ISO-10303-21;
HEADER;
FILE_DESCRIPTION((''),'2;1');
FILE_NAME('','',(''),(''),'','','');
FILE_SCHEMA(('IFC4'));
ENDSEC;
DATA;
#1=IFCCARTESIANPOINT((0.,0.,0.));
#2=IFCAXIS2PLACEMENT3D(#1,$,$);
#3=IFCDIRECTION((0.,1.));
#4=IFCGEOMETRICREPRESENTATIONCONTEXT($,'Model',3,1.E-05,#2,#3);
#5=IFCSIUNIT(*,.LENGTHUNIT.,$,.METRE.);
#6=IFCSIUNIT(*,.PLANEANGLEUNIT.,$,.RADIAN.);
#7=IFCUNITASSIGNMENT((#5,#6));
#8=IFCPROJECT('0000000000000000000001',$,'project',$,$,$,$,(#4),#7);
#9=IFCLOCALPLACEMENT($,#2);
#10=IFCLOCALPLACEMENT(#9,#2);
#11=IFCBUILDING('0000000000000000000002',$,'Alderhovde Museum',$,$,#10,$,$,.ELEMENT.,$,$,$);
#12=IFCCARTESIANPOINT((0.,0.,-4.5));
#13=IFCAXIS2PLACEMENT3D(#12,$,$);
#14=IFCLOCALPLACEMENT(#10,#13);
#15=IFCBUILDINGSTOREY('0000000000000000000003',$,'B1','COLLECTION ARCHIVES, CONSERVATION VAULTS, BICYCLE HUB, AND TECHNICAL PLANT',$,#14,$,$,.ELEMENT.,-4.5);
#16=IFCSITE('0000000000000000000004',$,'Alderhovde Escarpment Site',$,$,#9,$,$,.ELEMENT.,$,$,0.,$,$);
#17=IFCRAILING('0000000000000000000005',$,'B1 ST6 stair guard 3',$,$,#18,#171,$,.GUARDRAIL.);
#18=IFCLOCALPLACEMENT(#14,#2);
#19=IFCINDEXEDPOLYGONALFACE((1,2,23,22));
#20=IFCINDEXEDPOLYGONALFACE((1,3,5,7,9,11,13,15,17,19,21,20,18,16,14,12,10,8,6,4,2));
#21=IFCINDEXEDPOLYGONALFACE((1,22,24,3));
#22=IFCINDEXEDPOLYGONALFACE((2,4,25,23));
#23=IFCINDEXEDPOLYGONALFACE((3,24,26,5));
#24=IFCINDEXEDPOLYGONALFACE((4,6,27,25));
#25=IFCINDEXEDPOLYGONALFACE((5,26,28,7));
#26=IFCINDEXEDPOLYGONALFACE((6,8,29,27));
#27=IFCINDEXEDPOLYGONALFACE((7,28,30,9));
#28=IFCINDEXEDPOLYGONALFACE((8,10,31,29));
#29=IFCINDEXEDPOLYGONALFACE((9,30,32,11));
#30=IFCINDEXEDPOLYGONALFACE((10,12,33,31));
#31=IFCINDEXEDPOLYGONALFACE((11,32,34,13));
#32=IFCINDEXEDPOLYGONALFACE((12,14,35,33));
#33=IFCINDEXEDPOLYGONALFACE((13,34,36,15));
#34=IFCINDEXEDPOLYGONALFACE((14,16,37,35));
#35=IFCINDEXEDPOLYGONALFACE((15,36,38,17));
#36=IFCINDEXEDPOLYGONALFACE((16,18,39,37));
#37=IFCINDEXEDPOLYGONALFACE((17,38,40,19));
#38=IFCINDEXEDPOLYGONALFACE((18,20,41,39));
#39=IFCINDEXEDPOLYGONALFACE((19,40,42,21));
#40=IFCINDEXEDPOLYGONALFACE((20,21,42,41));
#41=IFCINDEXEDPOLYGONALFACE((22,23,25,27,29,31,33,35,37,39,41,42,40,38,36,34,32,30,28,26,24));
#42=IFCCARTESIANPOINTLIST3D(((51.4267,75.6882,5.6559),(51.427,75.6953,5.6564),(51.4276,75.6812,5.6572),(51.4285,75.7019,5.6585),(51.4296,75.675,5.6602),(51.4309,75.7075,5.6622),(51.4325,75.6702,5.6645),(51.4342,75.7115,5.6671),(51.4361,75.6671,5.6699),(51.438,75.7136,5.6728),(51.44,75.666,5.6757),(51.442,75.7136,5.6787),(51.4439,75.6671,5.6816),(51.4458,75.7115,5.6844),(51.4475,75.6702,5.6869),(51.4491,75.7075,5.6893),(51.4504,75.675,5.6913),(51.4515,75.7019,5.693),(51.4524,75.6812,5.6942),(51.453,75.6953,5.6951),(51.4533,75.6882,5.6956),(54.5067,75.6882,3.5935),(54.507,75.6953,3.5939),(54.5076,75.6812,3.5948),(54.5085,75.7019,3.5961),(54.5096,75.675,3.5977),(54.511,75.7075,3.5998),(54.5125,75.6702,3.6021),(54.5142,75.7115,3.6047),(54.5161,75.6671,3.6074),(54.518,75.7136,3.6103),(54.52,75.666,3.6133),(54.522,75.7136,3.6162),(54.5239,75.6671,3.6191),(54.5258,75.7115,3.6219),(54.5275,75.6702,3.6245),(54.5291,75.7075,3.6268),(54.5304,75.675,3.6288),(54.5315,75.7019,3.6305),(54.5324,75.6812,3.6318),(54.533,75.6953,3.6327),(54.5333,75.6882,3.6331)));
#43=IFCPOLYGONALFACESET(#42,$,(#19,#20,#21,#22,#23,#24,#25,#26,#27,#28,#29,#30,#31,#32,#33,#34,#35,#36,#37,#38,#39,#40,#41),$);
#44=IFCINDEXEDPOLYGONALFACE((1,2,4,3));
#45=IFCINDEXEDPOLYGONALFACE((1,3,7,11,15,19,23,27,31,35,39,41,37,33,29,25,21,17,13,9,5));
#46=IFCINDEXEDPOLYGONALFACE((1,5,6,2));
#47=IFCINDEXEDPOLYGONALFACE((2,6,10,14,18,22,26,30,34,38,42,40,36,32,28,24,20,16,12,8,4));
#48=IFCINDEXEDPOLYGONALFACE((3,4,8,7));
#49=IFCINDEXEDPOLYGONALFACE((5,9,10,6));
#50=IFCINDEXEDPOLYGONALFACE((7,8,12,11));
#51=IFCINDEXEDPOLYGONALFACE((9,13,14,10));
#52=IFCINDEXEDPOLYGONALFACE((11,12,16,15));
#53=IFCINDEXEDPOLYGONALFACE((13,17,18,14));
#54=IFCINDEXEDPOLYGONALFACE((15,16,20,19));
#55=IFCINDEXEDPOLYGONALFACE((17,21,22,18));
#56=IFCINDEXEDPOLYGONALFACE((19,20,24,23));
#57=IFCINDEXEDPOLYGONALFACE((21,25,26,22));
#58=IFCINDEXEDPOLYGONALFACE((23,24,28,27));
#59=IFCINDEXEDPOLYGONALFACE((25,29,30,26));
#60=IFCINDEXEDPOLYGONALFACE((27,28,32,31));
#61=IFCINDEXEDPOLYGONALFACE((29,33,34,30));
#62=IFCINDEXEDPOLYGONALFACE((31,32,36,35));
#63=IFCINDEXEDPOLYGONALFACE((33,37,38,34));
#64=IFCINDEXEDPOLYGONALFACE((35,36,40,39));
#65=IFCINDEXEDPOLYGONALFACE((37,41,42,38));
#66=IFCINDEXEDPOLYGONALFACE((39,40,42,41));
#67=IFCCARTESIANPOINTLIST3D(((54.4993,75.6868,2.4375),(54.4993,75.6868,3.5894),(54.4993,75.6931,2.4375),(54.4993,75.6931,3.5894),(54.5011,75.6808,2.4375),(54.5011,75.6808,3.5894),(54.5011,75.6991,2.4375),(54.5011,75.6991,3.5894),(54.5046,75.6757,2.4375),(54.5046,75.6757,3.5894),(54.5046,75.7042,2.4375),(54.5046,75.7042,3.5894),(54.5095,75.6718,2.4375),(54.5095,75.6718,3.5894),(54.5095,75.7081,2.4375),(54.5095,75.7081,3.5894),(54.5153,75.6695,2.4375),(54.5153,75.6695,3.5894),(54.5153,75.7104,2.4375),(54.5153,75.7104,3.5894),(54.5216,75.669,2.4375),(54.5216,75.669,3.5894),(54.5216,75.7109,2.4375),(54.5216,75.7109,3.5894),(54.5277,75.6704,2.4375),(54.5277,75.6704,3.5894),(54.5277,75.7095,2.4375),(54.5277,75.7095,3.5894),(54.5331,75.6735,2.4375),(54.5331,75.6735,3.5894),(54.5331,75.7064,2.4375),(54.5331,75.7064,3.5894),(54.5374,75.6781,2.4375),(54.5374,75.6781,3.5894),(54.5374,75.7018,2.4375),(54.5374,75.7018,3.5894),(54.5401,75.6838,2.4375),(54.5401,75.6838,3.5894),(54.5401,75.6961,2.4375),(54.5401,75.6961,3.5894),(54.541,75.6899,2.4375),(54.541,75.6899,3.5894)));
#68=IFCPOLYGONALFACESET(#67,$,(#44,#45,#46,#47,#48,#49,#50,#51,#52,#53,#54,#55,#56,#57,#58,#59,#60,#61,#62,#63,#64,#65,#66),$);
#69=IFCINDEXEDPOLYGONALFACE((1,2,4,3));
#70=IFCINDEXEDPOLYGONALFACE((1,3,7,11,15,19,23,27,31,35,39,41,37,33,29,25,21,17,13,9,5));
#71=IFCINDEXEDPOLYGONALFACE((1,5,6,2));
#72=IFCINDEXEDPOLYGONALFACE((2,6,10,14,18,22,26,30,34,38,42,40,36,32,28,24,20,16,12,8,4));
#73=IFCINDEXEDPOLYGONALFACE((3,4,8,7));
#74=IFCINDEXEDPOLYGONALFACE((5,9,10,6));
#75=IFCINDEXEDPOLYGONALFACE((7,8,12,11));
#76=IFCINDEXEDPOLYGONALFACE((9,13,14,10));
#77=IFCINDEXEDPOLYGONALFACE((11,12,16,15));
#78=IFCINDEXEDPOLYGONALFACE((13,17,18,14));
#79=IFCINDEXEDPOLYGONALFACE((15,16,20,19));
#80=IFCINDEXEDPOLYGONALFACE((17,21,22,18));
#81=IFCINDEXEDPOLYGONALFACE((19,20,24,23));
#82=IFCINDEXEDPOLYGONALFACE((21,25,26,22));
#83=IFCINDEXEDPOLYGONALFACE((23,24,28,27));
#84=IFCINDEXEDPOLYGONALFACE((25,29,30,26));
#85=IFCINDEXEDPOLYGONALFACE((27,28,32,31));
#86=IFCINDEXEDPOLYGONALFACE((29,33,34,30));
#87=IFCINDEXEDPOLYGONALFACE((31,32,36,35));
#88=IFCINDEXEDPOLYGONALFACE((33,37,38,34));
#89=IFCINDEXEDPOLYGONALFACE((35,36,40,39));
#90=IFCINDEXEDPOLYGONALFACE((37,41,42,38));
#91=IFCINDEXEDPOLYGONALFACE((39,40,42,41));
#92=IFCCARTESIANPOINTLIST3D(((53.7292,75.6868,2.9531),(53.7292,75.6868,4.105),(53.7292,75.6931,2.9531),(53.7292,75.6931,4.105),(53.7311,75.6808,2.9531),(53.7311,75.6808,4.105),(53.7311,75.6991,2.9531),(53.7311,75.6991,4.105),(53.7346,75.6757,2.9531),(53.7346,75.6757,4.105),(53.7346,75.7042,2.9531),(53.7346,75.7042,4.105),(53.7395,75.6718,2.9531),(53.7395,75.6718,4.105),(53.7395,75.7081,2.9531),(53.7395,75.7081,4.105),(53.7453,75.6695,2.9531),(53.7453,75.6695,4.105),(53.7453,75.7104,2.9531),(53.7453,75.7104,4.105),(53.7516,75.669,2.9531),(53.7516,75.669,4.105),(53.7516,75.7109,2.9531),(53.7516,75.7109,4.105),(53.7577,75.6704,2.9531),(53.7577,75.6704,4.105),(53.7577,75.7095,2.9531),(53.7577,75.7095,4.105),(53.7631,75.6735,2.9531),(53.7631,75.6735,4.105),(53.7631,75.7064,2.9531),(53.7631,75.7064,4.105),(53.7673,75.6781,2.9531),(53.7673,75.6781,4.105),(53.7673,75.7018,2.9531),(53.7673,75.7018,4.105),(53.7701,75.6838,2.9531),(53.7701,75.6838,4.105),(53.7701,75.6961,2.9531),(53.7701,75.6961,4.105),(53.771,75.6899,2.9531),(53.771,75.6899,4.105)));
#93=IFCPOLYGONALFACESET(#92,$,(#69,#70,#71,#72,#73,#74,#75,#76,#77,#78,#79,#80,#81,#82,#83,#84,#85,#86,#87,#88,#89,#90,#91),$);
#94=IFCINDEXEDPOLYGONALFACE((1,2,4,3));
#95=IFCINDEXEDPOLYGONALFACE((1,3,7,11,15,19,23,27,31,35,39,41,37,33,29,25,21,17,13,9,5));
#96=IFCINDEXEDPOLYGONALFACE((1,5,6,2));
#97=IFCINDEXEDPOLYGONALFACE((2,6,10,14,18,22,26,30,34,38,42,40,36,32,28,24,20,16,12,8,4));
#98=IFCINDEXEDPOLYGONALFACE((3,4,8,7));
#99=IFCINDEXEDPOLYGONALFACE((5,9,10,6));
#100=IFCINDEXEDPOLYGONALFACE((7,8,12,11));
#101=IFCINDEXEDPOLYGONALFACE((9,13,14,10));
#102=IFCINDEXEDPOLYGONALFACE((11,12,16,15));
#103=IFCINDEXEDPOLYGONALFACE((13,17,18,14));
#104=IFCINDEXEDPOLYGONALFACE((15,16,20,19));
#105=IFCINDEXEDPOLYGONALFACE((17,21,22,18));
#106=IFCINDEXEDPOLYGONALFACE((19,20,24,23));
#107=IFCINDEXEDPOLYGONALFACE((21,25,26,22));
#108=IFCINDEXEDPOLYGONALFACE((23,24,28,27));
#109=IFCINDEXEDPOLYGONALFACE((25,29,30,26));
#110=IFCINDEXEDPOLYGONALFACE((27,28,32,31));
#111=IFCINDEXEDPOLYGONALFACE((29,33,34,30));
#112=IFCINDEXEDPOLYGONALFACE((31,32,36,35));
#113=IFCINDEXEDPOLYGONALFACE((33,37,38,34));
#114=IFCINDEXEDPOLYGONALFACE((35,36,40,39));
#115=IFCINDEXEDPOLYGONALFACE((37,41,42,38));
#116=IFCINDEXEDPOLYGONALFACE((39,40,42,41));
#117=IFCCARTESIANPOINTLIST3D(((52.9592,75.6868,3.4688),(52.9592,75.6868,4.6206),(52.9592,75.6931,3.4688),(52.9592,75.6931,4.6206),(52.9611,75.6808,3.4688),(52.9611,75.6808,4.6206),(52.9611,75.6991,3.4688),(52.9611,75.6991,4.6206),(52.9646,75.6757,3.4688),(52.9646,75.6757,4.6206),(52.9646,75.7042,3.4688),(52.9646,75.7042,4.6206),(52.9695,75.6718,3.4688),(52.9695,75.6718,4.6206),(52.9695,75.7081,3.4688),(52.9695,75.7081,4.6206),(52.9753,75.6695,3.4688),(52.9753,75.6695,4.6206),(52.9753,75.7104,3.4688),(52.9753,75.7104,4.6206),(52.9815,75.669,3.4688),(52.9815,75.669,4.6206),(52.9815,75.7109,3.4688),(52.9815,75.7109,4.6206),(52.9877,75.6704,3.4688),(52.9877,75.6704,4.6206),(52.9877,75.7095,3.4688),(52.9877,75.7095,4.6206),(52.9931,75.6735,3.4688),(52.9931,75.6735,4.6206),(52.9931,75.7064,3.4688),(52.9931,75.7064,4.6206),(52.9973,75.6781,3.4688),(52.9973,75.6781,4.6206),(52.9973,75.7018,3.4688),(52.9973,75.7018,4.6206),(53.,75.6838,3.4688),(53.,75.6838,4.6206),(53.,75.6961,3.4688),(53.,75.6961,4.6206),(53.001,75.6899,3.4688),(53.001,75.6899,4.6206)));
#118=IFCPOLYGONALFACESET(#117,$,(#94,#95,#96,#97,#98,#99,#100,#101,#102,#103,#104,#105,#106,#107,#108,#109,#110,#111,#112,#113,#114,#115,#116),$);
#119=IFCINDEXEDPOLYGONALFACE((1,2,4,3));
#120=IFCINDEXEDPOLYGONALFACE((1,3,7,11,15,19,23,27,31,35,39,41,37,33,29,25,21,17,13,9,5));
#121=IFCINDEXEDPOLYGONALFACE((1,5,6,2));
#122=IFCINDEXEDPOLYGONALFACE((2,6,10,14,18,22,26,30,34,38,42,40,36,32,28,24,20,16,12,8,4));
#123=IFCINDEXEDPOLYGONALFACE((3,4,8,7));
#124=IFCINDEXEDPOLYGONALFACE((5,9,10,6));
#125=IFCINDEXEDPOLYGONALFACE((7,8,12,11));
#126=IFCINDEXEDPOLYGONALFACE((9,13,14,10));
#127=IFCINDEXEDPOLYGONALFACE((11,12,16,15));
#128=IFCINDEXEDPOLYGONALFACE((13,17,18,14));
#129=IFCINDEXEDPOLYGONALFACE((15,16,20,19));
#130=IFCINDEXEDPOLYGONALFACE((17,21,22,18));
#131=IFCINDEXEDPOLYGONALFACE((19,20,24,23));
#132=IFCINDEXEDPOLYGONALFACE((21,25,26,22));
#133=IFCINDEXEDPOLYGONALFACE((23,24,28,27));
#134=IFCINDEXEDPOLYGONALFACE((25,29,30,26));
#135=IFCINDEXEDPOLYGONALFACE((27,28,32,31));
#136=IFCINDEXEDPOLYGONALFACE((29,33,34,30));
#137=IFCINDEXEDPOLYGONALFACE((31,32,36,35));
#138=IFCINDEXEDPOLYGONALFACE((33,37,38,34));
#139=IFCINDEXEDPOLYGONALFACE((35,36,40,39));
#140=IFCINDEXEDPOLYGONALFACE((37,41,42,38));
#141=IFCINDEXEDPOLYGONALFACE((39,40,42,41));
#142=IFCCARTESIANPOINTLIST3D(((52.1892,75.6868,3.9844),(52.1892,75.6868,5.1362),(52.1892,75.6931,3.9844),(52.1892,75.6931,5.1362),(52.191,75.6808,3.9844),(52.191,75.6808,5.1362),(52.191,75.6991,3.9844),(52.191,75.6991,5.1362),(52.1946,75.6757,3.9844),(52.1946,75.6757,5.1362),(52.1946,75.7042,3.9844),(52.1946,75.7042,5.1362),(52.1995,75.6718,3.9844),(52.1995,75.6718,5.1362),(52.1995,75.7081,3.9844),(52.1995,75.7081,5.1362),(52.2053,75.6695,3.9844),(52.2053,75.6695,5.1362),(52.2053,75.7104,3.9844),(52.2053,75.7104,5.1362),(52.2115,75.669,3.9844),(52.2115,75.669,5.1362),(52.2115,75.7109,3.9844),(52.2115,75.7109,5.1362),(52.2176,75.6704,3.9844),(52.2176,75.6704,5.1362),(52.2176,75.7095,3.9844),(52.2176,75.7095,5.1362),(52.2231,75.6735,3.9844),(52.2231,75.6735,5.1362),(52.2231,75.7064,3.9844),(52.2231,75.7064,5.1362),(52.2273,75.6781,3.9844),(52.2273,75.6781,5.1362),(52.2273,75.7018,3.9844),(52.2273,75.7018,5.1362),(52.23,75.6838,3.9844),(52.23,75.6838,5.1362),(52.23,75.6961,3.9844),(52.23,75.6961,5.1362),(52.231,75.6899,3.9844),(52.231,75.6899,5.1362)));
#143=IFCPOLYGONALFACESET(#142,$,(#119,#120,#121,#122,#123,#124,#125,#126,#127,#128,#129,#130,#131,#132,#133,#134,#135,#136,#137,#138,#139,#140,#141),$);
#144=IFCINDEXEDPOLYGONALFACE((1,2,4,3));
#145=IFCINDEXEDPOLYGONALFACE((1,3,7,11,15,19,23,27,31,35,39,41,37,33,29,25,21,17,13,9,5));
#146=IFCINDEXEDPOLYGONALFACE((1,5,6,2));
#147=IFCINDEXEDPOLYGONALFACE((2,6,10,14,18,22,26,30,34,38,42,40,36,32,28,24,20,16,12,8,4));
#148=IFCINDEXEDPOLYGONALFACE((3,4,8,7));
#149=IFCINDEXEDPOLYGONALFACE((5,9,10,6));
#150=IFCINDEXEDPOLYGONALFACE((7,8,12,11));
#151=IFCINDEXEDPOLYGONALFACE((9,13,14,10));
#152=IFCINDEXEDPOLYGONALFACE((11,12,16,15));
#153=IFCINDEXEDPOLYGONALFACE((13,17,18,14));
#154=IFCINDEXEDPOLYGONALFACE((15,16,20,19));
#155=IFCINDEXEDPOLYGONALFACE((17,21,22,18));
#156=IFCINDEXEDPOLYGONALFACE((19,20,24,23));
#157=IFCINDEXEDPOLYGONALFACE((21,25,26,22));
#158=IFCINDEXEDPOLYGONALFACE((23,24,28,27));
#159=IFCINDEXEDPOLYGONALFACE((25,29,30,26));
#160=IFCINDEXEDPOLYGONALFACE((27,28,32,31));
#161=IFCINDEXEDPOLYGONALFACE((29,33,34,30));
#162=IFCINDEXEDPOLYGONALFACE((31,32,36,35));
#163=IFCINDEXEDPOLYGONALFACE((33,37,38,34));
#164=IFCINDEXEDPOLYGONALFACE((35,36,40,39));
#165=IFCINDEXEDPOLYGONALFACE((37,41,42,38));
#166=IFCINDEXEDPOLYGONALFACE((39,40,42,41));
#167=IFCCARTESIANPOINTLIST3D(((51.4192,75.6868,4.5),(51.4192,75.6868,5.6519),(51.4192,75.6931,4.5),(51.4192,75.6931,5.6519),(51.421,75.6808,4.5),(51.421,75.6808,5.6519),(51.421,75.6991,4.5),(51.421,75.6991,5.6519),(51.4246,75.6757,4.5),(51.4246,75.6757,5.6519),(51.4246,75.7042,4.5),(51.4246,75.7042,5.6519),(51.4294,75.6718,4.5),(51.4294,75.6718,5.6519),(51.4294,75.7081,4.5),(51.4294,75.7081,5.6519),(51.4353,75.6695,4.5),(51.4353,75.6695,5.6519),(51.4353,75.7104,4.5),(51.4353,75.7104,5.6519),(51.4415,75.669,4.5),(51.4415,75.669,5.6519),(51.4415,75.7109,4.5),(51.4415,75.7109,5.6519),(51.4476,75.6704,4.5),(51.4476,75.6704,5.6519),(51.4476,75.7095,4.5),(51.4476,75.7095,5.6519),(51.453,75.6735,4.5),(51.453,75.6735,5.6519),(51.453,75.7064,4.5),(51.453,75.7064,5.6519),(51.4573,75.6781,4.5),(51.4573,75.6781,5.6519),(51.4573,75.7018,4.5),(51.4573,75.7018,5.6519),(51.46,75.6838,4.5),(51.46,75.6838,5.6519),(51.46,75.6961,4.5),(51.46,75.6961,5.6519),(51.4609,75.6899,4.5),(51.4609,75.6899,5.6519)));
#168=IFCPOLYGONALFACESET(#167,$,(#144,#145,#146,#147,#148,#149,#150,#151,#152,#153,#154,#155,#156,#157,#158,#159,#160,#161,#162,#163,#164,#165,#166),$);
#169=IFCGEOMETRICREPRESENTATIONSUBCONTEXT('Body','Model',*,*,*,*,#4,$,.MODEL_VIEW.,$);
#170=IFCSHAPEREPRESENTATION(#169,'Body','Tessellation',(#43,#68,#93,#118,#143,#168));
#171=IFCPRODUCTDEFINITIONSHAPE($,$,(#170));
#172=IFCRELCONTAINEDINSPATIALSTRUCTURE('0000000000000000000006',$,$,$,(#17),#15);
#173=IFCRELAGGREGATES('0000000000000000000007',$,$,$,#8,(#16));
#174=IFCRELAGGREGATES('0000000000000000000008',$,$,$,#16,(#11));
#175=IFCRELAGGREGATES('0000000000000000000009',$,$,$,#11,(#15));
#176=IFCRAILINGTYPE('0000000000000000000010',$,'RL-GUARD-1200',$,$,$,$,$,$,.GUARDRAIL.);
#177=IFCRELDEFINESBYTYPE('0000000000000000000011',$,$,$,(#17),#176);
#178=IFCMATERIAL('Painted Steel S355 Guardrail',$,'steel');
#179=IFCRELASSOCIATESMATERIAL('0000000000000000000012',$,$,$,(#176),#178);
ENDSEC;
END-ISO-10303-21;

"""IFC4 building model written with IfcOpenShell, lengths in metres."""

from ifc_helpers import new_model, si_unit, direction, frame, origin, origin_2d, place, context, subcontext, project, spatial, circle, extrude, material, type_object, element, save


model = new_model("IFC4")

# Units and contexts
model_context = context("Model", 3, precision=1e-05, world=origin(), true_north=direction((0.0, 1.0)))
body_context = subcontext(model_context, "Body", "Model", "MODEL_VIEW")
ifc_project = project(units=[si_unit("LENGTHUNIT", "METRE"), si_unit("PLANEANGLEUNIT", "RADIAN")], contexts=[model_context])

# Site, building, storey
site_placement = place(None, origin())
site = spatial("IfcSite", under=ifc_project, at=site_placement, Name="Alderhovde Escarpment Site", CompositionType="ELEMENT", RefElevation=0.0)
building_placement = place(site_placement, origin())
building = spatial("IfcBuilding", under=site, at=building_placement, Name="Alderhovde Museum", CompositionType="ELEMENT")
storey_placement = place(building_placement, frame((0.0, 0.0, -4.5)))
storey = spatial("IfcBuildingStorey", under=building, at=storey_placement, Name="B1", Description="COLLECTION ARCHIVES, CONSERVATION VAULTS, BICYCLE HUB, AND TECHNICAL PLANT", CompositionType="ELEMENT", Elevation=-4.5)

# Railing
ifc_material_1 = material(Name="Painted Steel S355 Guardrail", Category="steel")
railing_type_1 = type_object("IfcRailingType", Name="RL-GUARD-1200", PredefinedType="GUARDRAIL", material=ifc_material_1)
railing_1_placement = place(storey_placement, frame((54.52, 75.6899, 2.4375)))
element("IfcRailing", 1, at=railing_1_placement, inside=storey, type_object=railing_type_1, Name="B1 ST6 stair guard 3", PredefinedType="GUARDRAIL", context=body_context, shape_type="SweptSolid", body=[
    extrude(circle(Radius=0.0239, at=origin_2d()), frame((0.0, 0.0, 1.1758), z_axis=(-0.830914, 0.0, 0.556401), x_axis=(0.0, -1.0, 0.0)), (0.0, 0.0, 1.0), 3.7068),
    extrude(circle(Radius=0.021, at=origin_2d()), origin(), (0.0, 0.0, 1.0), 1.1519),
    extrude(circle(Radius=0.021, at=origin_2d()), frame((-0.77, 0.0, 0.5156)), (0.0, 0.0, 1.0), 1.1519),
    extrude(circle(Radius=0.021, at=origin_2d()), frame((-1.54, 0.0, 1.0312)), (0.0, 0.0, 1.0), 1.1519),
    extrude(circle(Radius=0.021, at=origin_2d()), frame((-2.3101, 0.0, 1.5469)), (0.0, 0.0, 1.0), 1.1519),
    extrude(circle(Radius=0.021, at=origin_2d()), frame((-3.0801, 0.0, 2.0625)), (0.0, 0.0, 1.0), 1.1519),
])

save(model, "model.ifc")
